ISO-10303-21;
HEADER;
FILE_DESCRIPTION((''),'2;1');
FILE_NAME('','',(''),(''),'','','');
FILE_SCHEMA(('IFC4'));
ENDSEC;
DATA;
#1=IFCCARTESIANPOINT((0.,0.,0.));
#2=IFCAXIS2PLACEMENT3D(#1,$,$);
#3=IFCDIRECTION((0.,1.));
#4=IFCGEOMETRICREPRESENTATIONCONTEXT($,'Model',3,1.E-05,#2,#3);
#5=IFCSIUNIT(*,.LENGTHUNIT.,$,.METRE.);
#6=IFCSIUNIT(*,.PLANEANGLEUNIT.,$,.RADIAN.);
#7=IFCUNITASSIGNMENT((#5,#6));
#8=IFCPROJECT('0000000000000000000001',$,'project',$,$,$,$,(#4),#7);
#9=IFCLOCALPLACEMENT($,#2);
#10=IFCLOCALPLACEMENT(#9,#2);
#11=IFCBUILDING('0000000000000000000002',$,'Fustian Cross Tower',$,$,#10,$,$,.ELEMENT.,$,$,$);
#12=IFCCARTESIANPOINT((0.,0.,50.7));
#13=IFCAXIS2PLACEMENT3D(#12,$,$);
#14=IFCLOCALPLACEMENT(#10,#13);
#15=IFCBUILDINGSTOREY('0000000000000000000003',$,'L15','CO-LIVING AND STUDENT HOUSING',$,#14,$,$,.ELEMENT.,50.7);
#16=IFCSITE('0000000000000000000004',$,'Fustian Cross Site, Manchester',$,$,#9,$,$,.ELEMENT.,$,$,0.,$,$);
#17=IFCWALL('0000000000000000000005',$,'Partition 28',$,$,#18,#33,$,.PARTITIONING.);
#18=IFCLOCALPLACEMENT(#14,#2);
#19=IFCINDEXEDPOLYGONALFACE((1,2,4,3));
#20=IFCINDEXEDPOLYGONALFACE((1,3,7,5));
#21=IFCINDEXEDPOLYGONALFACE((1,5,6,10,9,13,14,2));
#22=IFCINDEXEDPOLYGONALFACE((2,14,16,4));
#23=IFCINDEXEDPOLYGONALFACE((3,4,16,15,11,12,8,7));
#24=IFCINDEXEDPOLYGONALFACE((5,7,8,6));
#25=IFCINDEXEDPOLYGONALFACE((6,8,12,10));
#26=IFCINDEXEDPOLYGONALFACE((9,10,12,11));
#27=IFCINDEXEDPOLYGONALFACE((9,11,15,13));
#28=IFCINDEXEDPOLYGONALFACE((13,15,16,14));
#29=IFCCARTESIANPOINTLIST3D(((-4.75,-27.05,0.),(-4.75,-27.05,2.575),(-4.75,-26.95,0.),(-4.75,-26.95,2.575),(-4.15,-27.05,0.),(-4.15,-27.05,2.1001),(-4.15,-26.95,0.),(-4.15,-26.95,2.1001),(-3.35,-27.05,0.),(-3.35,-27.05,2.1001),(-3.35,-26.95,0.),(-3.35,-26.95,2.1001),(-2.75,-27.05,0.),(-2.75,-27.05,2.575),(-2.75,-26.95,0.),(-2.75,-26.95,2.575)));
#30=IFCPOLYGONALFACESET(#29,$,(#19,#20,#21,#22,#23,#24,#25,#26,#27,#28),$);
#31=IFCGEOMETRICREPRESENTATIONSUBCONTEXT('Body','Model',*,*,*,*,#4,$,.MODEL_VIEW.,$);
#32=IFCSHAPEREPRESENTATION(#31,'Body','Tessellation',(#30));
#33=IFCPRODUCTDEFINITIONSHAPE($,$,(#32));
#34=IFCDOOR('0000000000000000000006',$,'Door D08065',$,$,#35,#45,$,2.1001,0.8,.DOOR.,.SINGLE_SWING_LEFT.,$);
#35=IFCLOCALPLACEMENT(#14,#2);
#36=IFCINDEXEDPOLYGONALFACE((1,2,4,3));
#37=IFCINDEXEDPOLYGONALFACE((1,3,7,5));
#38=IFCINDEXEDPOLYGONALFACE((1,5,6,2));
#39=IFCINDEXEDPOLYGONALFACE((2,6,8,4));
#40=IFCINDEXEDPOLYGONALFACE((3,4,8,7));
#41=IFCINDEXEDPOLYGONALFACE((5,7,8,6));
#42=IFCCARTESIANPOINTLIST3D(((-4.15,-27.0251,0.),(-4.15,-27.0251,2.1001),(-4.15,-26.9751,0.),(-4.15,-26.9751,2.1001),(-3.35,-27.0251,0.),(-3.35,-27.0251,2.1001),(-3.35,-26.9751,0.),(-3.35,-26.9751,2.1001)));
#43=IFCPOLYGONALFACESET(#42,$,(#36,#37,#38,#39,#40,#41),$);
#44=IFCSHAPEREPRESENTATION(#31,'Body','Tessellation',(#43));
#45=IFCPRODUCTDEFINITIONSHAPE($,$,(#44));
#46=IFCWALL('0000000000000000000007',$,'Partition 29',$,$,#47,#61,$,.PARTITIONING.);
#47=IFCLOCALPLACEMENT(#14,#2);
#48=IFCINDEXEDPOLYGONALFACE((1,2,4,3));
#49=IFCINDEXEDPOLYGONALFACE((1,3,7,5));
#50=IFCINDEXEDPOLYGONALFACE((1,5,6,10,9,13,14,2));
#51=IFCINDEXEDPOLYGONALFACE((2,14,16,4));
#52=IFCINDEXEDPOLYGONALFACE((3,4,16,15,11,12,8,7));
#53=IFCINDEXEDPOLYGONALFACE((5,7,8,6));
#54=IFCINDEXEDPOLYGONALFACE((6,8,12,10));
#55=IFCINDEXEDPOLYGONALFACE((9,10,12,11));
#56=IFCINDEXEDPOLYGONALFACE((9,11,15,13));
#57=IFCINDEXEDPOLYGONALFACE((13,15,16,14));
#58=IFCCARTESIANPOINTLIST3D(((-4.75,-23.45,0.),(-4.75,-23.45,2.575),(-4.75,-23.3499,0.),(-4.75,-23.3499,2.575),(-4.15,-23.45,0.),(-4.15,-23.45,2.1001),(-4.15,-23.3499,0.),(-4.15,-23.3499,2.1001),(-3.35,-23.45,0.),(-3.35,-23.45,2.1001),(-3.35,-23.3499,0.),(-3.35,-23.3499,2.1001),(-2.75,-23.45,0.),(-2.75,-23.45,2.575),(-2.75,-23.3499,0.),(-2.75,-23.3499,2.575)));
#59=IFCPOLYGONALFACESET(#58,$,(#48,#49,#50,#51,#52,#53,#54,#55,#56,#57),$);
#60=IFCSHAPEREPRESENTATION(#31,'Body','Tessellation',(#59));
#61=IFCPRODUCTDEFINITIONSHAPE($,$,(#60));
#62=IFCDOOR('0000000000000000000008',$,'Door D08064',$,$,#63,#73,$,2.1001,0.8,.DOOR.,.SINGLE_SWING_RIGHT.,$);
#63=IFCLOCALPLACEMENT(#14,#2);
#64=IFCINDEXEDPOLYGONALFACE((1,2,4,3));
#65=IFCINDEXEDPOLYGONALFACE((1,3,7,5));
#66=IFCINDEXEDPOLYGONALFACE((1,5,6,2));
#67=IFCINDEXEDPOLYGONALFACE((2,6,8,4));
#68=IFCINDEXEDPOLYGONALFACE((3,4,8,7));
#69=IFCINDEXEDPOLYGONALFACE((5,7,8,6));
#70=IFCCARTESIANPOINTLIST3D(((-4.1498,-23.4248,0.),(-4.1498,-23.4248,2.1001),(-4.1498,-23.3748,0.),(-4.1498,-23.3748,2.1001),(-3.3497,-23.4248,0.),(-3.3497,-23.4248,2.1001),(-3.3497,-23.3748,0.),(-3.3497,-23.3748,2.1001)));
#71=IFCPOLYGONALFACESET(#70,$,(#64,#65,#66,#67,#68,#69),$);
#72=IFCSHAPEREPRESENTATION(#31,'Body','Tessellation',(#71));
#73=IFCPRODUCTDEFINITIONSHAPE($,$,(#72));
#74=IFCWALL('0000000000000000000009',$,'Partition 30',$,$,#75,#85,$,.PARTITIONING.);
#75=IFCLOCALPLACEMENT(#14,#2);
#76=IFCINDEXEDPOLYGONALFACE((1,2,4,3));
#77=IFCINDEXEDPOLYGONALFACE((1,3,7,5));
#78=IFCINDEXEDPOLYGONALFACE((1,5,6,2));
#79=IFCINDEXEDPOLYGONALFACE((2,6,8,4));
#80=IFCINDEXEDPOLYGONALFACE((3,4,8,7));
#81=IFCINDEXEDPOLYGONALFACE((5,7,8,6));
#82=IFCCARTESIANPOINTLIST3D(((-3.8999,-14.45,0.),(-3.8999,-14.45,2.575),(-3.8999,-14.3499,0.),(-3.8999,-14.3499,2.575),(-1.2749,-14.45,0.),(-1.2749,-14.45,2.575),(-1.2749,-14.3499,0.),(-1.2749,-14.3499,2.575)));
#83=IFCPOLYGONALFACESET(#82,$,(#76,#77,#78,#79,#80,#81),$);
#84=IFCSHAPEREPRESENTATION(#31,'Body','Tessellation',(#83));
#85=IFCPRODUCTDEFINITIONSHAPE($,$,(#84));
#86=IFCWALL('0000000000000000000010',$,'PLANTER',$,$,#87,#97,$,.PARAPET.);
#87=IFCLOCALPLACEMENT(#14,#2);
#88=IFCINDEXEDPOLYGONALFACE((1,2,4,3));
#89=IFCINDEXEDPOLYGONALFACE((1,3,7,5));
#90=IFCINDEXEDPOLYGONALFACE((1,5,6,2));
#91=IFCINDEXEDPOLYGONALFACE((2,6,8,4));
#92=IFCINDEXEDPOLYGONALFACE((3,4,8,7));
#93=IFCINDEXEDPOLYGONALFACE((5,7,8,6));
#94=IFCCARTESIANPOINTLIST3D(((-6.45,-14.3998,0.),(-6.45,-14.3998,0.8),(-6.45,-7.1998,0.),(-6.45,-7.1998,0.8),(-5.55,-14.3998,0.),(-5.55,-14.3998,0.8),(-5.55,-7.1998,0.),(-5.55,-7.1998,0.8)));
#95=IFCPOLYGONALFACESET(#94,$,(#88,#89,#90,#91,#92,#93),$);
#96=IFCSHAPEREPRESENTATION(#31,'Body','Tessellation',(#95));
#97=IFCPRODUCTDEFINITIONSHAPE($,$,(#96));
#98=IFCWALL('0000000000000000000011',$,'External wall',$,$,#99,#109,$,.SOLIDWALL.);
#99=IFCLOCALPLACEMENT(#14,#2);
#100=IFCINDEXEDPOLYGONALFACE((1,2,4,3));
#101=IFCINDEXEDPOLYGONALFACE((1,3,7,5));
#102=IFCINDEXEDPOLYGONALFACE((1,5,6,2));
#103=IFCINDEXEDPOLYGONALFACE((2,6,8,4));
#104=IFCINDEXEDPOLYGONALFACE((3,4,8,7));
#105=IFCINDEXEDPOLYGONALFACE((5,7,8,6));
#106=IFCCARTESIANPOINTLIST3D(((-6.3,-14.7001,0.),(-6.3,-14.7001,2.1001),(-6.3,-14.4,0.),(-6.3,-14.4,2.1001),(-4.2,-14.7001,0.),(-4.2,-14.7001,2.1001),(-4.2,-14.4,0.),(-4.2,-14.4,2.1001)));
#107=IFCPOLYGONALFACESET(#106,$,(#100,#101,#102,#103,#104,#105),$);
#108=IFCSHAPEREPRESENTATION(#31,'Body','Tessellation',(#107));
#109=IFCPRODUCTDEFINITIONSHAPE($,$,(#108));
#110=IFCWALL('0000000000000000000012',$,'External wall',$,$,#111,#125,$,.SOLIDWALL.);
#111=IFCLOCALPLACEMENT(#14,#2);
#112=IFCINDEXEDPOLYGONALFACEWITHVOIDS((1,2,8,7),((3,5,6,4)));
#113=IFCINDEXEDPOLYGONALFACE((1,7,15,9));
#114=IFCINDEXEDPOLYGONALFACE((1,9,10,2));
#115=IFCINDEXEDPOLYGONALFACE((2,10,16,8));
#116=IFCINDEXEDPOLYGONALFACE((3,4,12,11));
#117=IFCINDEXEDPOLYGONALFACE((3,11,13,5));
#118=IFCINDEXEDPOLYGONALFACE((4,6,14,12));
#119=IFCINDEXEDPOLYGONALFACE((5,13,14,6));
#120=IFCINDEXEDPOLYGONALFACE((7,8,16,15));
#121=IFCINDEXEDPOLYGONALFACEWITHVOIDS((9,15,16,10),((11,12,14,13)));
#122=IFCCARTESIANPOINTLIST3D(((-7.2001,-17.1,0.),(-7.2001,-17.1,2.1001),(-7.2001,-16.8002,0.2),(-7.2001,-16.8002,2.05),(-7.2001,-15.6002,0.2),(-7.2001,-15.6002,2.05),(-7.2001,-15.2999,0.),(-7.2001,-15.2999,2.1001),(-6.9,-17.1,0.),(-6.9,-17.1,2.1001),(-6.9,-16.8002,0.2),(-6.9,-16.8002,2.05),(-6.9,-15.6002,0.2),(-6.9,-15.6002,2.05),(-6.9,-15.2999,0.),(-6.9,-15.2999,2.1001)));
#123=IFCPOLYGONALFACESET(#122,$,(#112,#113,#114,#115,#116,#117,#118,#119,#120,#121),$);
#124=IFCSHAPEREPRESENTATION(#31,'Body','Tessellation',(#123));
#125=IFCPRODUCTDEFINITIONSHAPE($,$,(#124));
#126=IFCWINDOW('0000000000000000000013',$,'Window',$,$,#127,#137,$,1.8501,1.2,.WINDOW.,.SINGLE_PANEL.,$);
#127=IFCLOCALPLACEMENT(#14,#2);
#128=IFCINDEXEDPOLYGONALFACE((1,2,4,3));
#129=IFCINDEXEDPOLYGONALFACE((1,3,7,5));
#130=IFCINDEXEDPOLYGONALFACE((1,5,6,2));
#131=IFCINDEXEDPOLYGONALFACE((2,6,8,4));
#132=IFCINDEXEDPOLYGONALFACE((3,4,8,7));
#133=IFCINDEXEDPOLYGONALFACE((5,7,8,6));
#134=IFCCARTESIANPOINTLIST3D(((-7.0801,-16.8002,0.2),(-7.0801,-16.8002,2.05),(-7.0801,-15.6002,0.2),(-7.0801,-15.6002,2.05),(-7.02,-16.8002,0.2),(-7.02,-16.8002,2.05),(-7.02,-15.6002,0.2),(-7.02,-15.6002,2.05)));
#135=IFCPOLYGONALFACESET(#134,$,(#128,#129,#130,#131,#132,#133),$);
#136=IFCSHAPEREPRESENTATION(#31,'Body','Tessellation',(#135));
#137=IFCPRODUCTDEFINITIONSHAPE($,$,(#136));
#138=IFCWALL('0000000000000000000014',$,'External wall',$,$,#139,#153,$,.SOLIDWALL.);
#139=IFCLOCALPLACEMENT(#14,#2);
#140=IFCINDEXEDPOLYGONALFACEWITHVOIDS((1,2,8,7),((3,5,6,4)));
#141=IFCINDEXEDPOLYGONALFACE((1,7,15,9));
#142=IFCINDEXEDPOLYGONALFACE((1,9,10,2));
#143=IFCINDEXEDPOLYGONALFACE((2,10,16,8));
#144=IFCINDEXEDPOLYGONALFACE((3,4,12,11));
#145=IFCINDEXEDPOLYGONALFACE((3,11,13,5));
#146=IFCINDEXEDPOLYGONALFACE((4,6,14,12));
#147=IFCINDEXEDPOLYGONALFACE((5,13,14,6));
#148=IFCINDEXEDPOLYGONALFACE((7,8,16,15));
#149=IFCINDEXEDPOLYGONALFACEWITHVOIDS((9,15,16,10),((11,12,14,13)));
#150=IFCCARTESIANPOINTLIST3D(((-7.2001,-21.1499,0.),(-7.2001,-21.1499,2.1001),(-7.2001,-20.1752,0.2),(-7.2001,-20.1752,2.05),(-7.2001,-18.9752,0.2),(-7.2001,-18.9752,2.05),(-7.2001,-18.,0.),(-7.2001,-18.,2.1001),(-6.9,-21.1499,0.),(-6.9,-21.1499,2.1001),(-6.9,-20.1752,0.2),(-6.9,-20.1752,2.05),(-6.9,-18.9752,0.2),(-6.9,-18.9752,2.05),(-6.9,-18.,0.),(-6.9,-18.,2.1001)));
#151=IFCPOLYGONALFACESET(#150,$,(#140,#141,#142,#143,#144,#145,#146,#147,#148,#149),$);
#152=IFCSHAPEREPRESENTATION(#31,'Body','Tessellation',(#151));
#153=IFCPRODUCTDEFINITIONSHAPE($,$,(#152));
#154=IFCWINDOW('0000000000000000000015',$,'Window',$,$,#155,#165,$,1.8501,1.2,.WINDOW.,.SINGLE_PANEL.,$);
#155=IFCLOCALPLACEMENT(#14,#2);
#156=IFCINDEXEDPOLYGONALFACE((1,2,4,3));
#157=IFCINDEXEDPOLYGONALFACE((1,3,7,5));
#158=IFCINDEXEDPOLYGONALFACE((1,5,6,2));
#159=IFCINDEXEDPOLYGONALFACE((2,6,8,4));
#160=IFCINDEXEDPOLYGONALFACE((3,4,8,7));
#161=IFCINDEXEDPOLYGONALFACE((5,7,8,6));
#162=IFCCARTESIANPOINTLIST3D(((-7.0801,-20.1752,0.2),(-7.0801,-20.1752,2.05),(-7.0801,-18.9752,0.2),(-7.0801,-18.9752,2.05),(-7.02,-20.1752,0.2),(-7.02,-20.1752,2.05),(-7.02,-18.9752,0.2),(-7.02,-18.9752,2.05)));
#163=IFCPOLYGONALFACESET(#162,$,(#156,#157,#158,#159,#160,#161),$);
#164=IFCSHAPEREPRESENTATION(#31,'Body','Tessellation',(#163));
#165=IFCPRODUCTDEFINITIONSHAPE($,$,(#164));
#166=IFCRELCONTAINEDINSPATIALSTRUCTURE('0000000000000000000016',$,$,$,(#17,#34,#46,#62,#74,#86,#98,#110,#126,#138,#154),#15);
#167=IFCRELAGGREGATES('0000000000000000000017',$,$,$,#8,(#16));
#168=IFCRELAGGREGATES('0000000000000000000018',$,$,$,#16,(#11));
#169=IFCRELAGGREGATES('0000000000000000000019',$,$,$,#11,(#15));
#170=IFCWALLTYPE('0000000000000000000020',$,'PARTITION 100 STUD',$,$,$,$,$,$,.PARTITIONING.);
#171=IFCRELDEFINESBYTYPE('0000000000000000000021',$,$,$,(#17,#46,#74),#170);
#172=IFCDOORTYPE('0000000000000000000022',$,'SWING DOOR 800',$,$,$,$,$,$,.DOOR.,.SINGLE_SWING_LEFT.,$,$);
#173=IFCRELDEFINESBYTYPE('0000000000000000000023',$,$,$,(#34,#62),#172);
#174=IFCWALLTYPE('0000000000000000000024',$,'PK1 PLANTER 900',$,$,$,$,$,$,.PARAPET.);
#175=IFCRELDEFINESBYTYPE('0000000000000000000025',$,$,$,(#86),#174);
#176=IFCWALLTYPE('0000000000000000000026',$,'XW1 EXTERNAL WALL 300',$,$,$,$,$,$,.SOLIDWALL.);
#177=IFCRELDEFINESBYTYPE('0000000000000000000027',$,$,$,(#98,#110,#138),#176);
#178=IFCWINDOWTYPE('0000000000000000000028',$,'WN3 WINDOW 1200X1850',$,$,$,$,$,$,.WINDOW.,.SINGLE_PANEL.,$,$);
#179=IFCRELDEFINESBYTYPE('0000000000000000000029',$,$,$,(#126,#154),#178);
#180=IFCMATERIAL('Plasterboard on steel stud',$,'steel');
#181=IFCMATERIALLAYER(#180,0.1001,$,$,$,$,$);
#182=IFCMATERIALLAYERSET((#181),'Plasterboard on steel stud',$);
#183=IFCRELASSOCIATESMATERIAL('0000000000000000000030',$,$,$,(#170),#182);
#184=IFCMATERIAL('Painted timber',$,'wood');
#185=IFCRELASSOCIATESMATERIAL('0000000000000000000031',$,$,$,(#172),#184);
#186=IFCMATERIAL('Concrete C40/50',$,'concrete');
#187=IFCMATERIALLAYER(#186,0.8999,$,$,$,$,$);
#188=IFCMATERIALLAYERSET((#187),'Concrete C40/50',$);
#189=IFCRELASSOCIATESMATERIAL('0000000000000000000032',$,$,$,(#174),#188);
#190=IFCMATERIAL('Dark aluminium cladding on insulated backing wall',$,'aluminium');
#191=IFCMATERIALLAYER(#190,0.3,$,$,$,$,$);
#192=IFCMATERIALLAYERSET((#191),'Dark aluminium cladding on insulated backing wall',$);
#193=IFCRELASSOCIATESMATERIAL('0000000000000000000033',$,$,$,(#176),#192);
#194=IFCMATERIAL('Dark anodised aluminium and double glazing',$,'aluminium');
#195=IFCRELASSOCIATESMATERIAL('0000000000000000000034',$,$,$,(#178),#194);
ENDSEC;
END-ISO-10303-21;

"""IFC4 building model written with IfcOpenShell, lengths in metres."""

from ifc_helpers import new_model, si_unit, direction, frame, frame_2d, origin, place, context, subcontext, project, spatial, rectangle, extrude, material, layer, layer_set, type_object, element, fill, save


model = new_model("IFC4")

# Units and contexts
model_context = context("Model", 3, precision=1e-05, world=origin(), true_north=direction((0.0, 1.0)))
body_context = subcontext(model_context, "Body", "Model", "MODEL_VIEW")
ifc_project = project(units=[si_unit("LENGTHUNIT", "METRE"), si_unit("PLANEANGLEUNIT", "RADIAN")], contexts=[model_context])

# Site, building, storey
site_placement = place(None, origin())
site = spatial("IfcSite", under=ifc_project, at=site_placement, Name="Fustian Cross Site, Manchester", CompositionType="ELEMENT", RefElevation=0.0)
building_placement = place(site_placement, origin())
building = spatial("IfcBuilding", under=site, at=building_placement, Name="Fustian Cross Tower", CompositionType="ELEMENT")
storey_placement = place(building_placement, frame((0.0, 0.0, 50.7)))
storey = spatial("IfcBuildingStorey", under=building, at=storey_placement, Name="L15", Description="CO-LIVING AND STUDENT HOUSING", CompositionType="ELEMENT", Elevation=50.7)

# Shared definitions
ifc_material_1 = material(Name="Plasterboard on steel stud", Category="steel")
ifc_layer_1 = layer(ifc_material_1, 0.1001)
ifc_layer_set_1 = layer_set([ifc_layer_1], Name="Plasterboard on steel stud")
wall_type_1 = type_object("IfcWallType", Name="PARTITION 100 STUD", PredefinedType="PARTITIONING", material=ifc_layer_set_1)

# Walls, openings, doors
wall_1_placement = place(storey_placement, frame((-4.75, -27.0, 0.0), z_axis=(0.0, 0.0, 1.0), x_axis=(1.0, 0.0, 0.0)))
wall_1 = element("IfcWall", 1, at=wall_1_placement, inside=storey, type_object=wall_type_1, Name="Partition 28", PredefinedType="PARTITIONING", context=body_context, shape_type="SweptSolid", body=[
    extrude(rectangle(XDim=2.0, YDim=0.1001, at=frame_2d((1.0, 0.0))), origin(), (0.0, 0.0, 1.0), 2.575),
])
opening_1_placement = place(wall_1_placement, frame((0.6001, 0.0, 0.0)))
opening_1 = element("IfcOpeningElement", 2, at=opening_1_placement, cuts=wall_1, PredefinedType="OPENING", context=body_context, shape_type="SweptSolid", body=[
    extrude(rectangle(XDim=0.8, YDim=2.1001, at=frame_2d((0.3999, 1.05))), frame((0.0, 0.0601, 0.0), z_axis=(0.0, -1.0, 0.0), x_axis=(1.0, 0.0, 0.0)), (0.0, 0.0, 1.0), 0.1201),
])
ifc_material_2 = material(Name="Painted timber", Category="wood")
door_type_1 = type_object("IfcDoorType", Name="SWING DOOR 800", OperationType="SINGLE_SWING_LEFT", PredefinedType="DOOR", material=ifc_material_2)
door_1_placement = place(opening_1_placement, origin())
door_1 = element("IfcDoor", 3, at=door_1_placement, inside=storey, type_object=door_type_1, Name="Door D08065", OperationType="SINGLE_SWING_LEFT", OverallHeight=2.1001, OverallWidth=0.8, PredefinedType="DOOR", context=body_context, shape_type="SweptSolid", body=[
    extrude(rectangle(XDim=0.8, YDim=2.1001, at=frame_2d((0.3999, 1.05))), frame((0.0, 0.0249, 0.0), z_axis=(0.0, -1.0, 0.0), x_axis=(1.0, 0.0, 0.0)), (0.0, 0.0, 1.0), 0.05),
])
fill(opening_1, door_1)
wall_2_placement = place(storey_placement, frame((-4.75, -23.3999, 0.0), z_axis=(0.0, 0.0, 1.0), x_axis=(1.0, 0.0, 0.0)))
wall_2 = element("IfcWall", 4, at=wall_2_placement, inside=storey, type_object=wall_type_1, Name="Partition 29", PredefinedType="PARTITIONING", context=body_context, shape_type="SweptSolid", body=[
    extrude(rectangle(XDim=2.0, YDim=0.1001, at=frame_2d((1.0, 0.0))), origin(), (0.0, 0.0, 1.0), 2.575),
])
opening_2_placement = place(wall_2_placement, frame((0.6001, 0.0, 0.0)))
opening_2 = element("IfcOpeningElement", 5, at=opening_2_placement, cuts=wall_2, PredefinedType="OPENING", context=body_context, shape_type="SweptSolid", body=[
    extrude(rectangle(XDim=0.8, YDim=2.1001, at=frame_2d((0.3999, 1.05))), frame((0.0, 0.0601, 0.0), z_axis=(0.0, -1.0, 0.0), x_axis=(1.0, 0.0, 0.0)), (0.0, 0.0, 1.0), 0.1201),
])
door_2_placement = place(opening_2_placement, frame((0.8, 0.0, 0.0), z_axis=(0.0, 0.0, 1.0), x_axis=(-1.0, 0.0, 0.0)))
door_2 = element("IfcDoor", 6, at=door_2_placement, inside=storey, type_object=door_type_1, Name="Door D08064", OperationType="SINGLE_SWING_RIGHT", OverallHeight=2.1001, OverallWidth=0.8, PredefinedType="DOOR", context=body_context, shape_type="SweptSolid", body=[
    extrude(rectangle(XDim=0.8, YDim=2.1001, at=frame_2d((0.3999, 1.05))), frame((0.0, 0.0249, 0.0), z_axis=(0.0, -1.0, 0.0), x_axis=(1.0, 0.0, 0.0)), (0.0, 0.0, 1.0), 0.05),
])
fill(opening_2, door_2)

# Walls
wall_3_placement = place(storey_placement, frame((-3.8999, -14.3999, 0.0), z_axis=(0.0, 0.0, 1.0), x_axis=(1.0, 0.0, 0.0)))
element("IfcWall", 7, at=wall_3_placement, inside=storey, type_object=wall_type_1, Name="Partition 30", PredefinedType="PARTITIONING", context=body_context, shape_type="SweptSolid", body=[
    extrude(rectangle(XDim=2.625, YDim=0.1001, at=frame_2d((1.3125, 0.0))), origin(), (0.0, 0.0, 1.0), 2.575),
])
ifc_material_3 = material(Name="Concrete C40/50", Category="concrete")
ifc_layer_2 = layer(ifc_material_3, 0.8999)
ifc_layer_set_2 = layer_set([ifc_layer_2], Name="Concrete C40/50")
wall_type_2 = type_object("IfcWallType", Name="PK1 PLANTER 900", PredefinedType="PARAPET", material=ifc_layer_set_2)
wall_4_placement = place(storey_placement, frame((-6.0, -14.3999, 0.0), z_axis=(0.0, 0.0, 1.0), x_axis=(0.0, 1.0, 0.0)))
element("IfcWall", 8, at=wall_4_placement, inside=storey, type_object=wall_type_2, Name="PLANTER", PredefinedType="PARAPET", context=body_context, shape_type="SweptSolid", body=[
    extrude(rectangle(XDim=7.2, YDim=0.8999, at=frame_2d((3.6001, 0.0))), origin(), (0.0, 0.0, 1.0), 0.8),
])
ifc_material_4 = material(Name="Dark aluminium cladding on insulated backing wall", Category="aluminium")
ifc_layer_3 = layer(ifc_material_4, 0.3)
ifc_layer_set_3 = layer_set([ifc_layer_3], Name="Dark aluminium cladding on insulated backing wall")
wall_type_3 = type_object("IfcWallType", Name="XW1 EXTERNAL WALL 300", PredefinedType="SOLIDWALL", material=ifc_layer_set_3)
wall_5_placement = place(storey_placement, frame((-4.2, -14.55, 0.0), z_axis=(0.0, 0.0, 1.0), x_axis=(-1.0, 0.0, 0.0)))
element("IfcWall", 9, at=wall_5_placement, inside=storey, type_object=wall_type_3, Name="External wall", PredefinedType="SOLIDWALL", context=body_context, shape_type="SweptSolid", body=[
    extrude(rectangle(XDim=2.1001, YDim=0.3, at=frame_2d((1.05, 0.0))), origin(), (0.0, 0.0, 1.0), 2.1001),
])

# Walls, openings, windows
wall_6_placement = place(storey_placement, frame((-7.05, -15.3, 0.0), z_axis=(0.0, 0.0, 1.0), x_axis=(0.0, -1.0, 0.0)))
wall_6 = element("IfcWall", 10, at=wall_6_placement, inside=storey, type_object=wall_type_3, Name="External wall", PredefinedType="SOLIDWALL", context=body_context, shape_type="SweptSolid", body=[
    extrude(rectangle(XDim=1.8, YDim=0.3, at=frame_2d((0.8999, 0.0))), origin(), (0.0, 0.0, 1.0), 2.1001),
])
opening_3_placement = place(wall_6_placement, frame((0.3, 0.0, 0.2)))
opening_3 = element("IfcOpeningElement", 11, at=opening_3_placement, cuts=wall_6, PredefinedType="OPENING", context=body_context, shape_type="SweptSolid", body=[
    extrude(rectangle(XDim=1.2, YDim=1.8501, at=frame_2d((0.6001, 0.925))), frame((0.0, 0.1599, 0.0), z_axis=(0.0, -1.0, 0.0), x_axis=(1.0, 0.0, 0.0)), (0.0, 0.0, 1.0), 0.3201),
])
ifc_material_5 = material(Name="Dark anodised aluminium and double glazing", Category="aluminium")
window_type = type_object("IfcWindowType", Name="WN3 WINDOW 1200X1850", PartitioningType="SINGLE_PANEL", PredefinedType="WINDOW", material=ifc_material_5)
window_1_placement = place(opening_3_placement, origin())
window_1 = element("IfcWindow", 12, at=window_1_placement, inside=storey, type_object=window_type, Name="Window", OverallHeight=1.8501, OverallWidth=1.2, PartitioningType="SINGLE_PANEL", PredefinedType="WINDOW", context=body_context, shape_type="SweptSolid", body=[
    extrude(rectangle(XDim=1.2, YDim=1.8501, at=frame_2d((0.6001, 0.925))), frame((0.0, 0.03, 0.0), z_axis=(0.0, -1.0, 0.0), x_axis=(1.0, 0.0, 0.0)), (0.0, 0.0, 1.0), 0.0601),
])
fill(opening_3, window_1)
wall_7_placement = place(storey_placement, frame((-7.05, -18.0, 0.0), z_axis=(0.0, 0.0, 1.0), x_axis=(0.0, -1.0, 0.0)))
wall_7 = element("IfcWall", 13, at=wall_7_placement, inside=storey, type_object=wall_type_3, Name="External wall", PredefinedType="SOLIDWALL", context=body_context, shape_type="SweptSolid", body=[
    extrude(rectangle(XDim=3.1499, YDim=0.3, at=frame_2d((1.575, 0.0))), origin(), (0.0, 0.0, 1.0), 2.1001),
])
opening_4_placement = place(wall_7_placement, frame((0.9751, 0.0, 0.2)))
opening_4 = element("IfcOpeningElement", 14, at=opening_4_placement, cuts=wall_7, PredefinedType="OPENING", context=body_context, shape_type="SweptSolid", body=[
    extrude(rectangle(XDim=1.2, YDim=1.8501, at=frame_2d((0.6001, 0.925))), frame((0.0, 0.1599, 0.0), z_axis=(0.0, -1.0, 0.0), x_axis=(1.0, 0.0, 0.0)), (0.0, 0.0, 1.0), 0.3201),
])
window_2_placement = place(opening_4_placement, origin())
window_2 = element("IfcWindow", 15, at=window_2_placement, inside=storey, type_object=window_type, Name="Window", OverallHeight=1.8501, OverallWidth=1.2, PartitioningType="SINGLE_PANEL", PredefinedType="WINDOW", context=body_context, shape_type="SweptSolid", body=[
    extrude(rectangle(XDim=1.2, YDim=1.8501, at=frame_2d((0.6001, 0.925))), frame((0.0, 0.03, 0.0), z_axis=(0.0, -1.0, 0.0), x_axis=(1.0, 0.0, 0.0)), (0.0, 0.0, 1.0), 0.0601),
])
fill(opening_4, window_2)

save(model, "model.ifc")
